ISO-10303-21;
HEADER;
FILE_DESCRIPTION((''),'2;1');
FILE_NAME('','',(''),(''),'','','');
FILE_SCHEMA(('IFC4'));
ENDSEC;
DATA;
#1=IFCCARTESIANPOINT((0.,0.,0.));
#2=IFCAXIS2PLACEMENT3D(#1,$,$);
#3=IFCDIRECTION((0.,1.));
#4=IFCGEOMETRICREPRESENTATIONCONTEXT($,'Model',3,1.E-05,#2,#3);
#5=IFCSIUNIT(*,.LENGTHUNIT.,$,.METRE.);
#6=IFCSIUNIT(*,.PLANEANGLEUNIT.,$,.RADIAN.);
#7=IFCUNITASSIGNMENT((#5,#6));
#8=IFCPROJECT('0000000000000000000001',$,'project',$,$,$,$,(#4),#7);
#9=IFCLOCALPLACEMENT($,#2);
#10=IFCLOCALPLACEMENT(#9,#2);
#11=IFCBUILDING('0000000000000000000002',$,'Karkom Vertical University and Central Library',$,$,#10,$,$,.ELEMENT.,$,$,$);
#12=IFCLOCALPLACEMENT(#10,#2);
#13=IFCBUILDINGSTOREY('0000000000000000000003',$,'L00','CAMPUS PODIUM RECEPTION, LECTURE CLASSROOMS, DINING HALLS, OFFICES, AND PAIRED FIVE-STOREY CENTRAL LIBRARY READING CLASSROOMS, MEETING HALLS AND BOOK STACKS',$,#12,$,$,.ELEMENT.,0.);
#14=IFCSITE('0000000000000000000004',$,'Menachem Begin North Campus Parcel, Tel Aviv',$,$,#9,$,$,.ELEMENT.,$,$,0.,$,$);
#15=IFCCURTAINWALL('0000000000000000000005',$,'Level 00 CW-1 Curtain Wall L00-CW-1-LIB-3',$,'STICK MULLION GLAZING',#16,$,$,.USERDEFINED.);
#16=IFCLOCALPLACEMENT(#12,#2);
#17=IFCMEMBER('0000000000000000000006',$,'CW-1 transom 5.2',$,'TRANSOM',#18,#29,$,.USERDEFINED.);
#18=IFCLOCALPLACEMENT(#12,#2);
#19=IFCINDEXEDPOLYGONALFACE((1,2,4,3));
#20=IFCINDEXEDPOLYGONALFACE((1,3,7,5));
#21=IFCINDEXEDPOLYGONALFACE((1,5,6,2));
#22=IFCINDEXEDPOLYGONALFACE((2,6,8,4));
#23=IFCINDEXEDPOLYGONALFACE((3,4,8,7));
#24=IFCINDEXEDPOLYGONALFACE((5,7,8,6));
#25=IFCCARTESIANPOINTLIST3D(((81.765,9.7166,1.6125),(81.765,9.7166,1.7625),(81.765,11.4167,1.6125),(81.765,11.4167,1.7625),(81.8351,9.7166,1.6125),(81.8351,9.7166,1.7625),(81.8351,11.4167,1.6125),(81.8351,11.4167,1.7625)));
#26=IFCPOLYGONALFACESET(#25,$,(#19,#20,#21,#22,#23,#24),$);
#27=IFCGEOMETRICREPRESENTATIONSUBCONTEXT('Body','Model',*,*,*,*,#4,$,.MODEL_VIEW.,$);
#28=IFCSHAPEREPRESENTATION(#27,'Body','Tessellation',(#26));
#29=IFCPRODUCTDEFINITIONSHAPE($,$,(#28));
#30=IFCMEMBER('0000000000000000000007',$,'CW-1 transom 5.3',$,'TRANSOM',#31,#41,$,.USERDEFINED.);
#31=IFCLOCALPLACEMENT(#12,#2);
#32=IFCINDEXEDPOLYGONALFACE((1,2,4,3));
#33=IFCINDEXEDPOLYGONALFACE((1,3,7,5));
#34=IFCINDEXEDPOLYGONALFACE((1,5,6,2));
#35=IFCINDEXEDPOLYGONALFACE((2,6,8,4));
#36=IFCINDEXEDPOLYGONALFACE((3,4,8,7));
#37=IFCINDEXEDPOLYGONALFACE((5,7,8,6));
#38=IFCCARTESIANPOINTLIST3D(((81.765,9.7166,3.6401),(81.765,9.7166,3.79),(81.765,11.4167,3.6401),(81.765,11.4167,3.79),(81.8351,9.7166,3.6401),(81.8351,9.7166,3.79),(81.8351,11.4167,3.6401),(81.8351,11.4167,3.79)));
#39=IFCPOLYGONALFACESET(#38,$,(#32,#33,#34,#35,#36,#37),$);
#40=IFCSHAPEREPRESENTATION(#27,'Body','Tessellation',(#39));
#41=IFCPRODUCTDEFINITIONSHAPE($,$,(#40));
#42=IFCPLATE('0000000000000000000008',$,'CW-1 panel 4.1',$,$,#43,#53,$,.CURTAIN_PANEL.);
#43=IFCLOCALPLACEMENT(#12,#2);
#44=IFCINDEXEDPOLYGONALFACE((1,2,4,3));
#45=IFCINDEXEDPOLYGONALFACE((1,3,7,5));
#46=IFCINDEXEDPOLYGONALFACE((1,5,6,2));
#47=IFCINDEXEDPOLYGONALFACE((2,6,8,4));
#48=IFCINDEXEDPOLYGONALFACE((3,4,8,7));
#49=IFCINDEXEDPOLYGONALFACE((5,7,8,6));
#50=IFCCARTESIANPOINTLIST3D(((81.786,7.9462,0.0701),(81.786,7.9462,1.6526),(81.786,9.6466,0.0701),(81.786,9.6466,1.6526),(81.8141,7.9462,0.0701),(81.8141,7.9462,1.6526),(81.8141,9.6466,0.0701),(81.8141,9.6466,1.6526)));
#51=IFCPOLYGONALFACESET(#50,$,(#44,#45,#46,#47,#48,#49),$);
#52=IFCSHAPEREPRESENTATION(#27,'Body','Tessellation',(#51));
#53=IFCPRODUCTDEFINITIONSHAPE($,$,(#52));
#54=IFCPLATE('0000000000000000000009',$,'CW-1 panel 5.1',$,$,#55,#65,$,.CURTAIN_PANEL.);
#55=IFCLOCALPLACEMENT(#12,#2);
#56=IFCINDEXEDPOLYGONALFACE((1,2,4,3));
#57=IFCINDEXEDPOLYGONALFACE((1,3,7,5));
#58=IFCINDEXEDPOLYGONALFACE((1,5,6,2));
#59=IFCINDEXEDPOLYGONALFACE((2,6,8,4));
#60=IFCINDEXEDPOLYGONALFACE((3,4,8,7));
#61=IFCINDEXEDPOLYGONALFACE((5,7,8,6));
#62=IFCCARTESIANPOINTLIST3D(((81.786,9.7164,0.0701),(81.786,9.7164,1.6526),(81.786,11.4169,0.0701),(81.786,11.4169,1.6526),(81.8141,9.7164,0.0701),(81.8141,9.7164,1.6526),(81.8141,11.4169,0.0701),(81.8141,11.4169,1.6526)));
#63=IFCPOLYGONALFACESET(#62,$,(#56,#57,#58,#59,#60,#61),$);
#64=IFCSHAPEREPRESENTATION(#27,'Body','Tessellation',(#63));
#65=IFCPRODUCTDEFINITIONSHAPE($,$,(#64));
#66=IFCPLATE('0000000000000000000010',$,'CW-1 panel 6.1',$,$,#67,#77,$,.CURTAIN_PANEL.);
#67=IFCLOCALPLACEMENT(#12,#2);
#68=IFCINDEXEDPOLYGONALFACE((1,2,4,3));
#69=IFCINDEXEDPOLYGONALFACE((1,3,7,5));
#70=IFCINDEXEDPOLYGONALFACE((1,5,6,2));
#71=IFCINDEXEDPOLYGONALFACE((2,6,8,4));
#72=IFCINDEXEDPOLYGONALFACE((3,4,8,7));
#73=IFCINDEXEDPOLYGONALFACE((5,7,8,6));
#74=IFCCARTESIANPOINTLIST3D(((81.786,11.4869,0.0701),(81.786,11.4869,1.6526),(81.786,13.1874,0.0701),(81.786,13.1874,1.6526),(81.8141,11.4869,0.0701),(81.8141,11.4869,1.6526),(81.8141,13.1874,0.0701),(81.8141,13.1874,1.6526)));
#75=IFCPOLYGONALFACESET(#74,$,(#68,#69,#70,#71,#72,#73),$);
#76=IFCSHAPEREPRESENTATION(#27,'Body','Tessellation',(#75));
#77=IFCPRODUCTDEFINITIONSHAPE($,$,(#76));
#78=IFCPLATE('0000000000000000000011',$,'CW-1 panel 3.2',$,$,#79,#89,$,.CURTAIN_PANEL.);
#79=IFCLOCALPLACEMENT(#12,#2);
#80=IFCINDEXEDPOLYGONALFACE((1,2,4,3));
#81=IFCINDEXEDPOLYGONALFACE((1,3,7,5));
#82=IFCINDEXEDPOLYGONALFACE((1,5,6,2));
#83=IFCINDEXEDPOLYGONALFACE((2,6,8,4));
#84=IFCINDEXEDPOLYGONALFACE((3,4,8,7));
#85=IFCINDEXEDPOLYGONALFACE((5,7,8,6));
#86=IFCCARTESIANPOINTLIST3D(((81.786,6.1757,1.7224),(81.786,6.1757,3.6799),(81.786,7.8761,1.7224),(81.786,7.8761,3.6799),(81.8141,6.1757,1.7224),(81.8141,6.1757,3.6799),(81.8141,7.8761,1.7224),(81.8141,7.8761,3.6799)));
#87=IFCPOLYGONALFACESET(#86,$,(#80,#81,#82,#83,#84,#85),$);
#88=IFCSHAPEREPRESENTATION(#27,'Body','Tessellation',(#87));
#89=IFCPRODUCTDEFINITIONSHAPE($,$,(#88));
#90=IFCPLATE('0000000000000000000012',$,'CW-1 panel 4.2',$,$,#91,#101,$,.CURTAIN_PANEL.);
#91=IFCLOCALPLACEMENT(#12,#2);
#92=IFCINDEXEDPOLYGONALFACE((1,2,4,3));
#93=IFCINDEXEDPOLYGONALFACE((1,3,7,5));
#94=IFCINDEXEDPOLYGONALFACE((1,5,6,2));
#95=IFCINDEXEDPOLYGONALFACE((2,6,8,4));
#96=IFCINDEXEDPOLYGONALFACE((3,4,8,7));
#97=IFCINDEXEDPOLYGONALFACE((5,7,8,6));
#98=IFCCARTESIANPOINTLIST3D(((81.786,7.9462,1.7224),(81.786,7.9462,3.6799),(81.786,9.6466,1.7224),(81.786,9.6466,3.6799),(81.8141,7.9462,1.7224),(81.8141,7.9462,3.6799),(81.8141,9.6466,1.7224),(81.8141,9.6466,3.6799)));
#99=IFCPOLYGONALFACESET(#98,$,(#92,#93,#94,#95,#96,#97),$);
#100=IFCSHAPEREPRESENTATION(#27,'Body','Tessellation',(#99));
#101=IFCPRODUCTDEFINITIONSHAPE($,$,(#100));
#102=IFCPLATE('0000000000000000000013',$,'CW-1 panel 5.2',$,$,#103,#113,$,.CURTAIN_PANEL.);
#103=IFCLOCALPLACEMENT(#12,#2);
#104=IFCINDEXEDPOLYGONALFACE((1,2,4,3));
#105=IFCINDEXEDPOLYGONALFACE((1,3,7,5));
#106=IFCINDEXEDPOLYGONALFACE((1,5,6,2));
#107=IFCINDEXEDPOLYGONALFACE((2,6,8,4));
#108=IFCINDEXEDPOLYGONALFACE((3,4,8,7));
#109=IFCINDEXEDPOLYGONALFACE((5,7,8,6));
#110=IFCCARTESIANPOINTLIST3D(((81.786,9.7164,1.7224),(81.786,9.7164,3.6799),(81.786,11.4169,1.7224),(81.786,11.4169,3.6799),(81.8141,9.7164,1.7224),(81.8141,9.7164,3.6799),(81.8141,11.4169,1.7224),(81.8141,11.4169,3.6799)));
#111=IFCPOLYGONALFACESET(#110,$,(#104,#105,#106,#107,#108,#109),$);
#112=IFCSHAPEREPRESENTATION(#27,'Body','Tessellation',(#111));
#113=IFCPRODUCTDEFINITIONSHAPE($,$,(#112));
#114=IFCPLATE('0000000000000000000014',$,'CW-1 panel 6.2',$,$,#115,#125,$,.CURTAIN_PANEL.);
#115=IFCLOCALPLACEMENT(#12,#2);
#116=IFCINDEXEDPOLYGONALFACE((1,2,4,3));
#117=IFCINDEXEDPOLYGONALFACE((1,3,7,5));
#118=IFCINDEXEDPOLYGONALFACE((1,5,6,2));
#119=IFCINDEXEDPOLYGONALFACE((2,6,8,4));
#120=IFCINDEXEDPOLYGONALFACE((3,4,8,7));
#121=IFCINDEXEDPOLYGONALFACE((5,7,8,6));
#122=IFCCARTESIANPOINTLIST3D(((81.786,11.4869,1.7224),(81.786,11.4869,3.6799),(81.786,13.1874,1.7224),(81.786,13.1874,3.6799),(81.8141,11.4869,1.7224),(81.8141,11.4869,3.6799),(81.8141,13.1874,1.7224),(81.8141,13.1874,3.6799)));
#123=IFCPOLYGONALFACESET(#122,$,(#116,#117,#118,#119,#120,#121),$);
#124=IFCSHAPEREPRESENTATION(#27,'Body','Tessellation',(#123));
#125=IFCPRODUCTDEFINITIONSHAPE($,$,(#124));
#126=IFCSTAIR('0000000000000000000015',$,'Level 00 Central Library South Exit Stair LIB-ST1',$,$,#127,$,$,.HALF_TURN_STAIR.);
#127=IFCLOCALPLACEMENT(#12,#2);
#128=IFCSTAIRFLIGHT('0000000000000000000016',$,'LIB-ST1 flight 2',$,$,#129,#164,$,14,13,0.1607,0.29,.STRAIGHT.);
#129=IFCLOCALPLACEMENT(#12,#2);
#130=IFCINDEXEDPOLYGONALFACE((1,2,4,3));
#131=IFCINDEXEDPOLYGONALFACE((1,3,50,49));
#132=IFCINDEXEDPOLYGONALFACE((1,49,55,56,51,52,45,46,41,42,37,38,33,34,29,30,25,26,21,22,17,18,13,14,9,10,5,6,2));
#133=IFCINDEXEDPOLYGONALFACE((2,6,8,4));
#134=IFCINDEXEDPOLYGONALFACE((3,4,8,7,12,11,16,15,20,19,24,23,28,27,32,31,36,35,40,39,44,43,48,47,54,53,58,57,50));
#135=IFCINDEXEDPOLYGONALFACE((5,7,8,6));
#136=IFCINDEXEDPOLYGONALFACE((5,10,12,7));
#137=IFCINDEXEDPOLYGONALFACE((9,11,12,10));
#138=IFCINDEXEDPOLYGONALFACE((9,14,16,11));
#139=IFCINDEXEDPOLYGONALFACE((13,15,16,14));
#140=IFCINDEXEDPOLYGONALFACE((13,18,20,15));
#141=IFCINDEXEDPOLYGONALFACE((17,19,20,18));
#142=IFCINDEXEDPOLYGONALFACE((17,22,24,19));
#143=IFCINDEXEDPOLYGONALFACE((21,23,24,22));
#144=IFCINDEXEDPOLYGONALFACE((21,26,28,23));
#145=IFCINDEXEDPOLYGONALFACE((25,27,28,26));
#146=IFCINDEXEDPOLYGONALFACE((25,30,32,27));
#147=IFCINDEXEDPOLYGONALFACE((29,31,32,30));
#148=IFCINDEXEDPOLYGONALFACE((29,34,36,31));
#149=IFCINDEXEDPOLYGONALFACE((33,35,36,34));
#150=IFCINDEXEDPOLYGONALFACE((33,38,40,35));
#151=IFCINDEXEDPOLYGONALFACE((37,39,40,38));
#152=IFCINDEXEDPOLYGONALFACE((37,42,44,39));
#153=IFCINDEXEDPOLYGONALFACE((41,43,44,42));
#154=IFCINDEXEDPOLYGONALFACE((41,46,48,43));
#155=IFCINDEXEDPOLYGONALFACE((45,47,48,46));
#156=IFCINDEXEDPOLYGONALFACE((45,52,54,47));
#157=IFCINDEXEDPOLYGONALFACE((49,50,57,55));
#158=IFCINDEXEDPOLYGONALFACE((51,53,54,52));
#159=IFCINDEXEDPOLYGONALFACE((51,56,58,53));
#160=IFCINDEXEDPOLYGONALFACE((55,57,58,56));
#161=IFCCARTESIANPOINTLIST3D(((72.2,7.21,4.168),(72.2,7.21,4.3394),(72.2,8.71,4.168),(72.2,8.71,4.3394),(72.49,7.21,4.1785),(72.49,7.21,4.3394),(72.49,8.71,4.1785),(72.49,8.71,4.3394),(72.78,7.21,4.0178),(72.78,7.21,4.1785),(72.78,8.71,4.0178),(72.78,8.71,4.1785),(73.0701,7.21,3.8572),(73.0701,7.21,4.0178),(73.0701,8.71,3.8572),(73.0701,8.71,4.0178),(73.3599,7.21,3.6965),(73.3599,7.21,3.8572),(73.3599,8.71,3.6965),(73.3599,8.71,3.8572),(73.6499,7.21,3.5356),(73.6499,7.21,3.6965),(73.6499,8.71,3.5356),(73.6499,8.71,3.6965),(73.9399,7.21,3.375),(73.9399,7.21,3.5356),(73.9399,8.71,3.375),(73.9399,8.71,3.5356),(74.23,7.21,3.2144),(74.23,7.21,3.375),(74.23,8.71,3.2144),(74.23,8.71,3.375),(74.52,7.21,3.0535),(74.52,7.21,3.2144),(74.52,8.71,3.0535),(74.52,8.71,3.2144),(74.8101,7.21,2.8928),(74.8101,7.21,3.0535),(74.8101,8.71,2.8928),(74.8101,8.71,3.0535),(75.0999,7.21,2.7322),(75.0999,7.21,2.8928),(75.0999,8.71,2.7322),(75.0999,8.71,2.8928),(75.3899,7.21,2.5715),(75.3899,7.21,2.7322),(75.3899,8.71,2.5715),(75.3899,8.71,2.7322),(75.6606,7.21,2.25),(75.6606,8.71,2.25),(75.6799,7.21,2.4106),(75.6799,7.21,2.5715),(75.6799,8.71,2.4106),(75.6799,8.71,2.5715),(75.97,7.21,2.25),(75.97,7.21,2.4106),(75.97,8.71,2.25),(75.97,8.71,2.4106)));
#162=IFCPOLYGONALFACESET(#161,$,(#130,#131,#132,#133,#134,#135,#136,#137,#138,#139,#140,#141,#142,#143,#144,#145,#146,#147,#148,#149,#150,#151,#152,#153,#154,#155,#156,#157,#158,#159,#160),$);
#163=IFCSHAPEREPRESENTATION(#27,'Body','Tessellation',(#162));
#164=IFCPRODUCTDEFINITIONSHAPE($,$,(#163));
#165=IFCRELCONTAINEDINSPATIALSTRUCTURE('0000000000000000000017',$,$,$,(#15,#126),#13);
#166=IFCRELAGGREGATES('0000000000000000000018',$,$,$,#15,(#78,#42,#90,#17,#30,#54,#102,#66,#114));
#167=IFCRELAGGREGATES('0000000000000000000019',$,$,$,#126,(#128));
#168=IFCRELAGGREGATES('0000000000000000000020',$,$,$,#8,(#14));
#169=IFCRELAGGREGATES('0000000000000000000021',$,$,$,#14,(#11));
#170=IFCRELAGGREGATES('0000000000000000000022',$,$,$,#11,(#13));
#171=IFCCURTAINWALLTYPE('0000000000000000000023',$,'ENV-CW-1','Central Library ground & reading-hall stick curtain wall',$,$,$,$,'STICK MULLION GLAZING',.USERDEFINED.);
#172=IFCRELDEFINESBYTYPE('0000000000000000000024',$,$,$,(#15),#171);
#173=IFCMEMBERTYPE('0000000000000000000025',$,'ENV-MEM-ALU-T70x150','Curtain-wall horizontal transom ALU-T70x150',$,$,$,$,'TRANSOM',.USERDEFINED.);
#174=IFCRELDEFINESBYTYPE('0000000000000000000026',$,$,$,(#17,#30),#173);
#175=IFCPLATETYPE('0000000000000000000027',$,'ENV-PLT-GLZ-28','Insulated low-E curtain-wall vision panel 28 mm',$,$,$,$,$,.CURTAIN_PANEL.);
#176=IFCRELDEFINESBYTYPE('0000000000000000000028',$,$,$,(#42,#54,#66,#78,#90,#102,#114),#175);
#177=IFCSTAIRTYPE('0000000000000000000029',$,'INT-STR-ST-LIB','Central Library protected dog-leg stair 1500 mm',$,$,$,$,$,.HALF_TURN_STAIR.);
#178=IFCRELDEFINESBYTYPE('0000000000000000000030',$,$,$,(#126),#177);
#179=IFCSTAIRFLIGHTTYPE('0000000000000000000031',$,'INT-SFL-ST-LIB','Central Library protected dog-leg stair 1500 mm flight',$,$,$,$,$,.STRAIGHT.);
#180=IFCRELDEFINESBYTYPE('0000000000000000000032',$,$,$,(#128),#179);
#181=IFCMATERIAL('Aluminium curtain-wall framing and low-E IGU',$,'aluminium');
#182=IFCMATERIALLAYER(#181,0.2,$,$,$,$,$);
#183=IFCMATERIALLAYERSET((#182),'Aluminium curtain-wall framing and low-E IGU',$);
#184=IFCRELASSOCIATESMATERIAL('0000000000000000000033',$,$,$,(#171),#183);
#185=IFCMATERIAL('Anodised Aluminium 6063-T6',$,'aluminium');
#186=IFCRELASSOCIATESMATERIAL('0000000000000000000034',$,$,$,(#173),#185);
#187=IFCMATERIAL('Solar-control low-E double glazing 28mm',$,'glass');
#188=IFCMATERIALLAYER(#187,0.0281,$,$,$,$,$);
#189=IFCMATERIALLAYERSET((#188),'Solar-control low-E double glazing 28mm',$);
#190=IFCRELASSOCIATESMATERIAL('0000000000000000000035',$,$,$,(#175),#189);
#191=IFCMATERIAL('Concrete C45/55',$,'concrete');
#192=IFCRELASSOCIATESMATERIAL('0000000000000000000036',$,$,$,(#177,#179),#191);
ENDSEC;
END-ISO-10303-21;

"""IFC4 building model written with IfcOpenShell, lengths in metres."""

from ifc_helpers import new_model, si_unit, direction, frame, origin, origin_with_axes, origin_2d, place, context, subcontext, project, spatial, polyline, rectangle, outline, extrude, source, transform, mapped, material, layer, layer_set, material_profile, profile_set, type_object, element, aggregate, save


model = new_model("IFC4")

# Units and contexts
model_context = context("Model", 3, precision=1e-05, world=origin(), true_north=direction((0.0, 1.0)))
body_context = subcontext(model_context, "Body", "Model", "MODEL_VIEW")
ifc_project = project(units=[si_unit("LENGTHUNIT", "METRE"), si_unit("PLANEANGLEUNIT", "RADIAN")], contexts=[model_context])

# Site, building, storey
site_placement = place(None, origin())
site = spatial("IfcSite", under=ifc_project, at=site_placement, Name="Menachem Begin North Campus Parcel, Tel Aviv", CompositionType="ELEMENT", RefElevation=0.0)
building_placement = place(site_placement, origin())
building = spatial("IfcBuilding", under=site, at=building_placement, Name="Karkom Vertical University and Central Library", CompositionType="ELEMENT")
storey_placement = place(building_placement, origin())
storey = spatial("IfcBuildingStorey", under=building, at=storey_placement, Name="L00", Description="CAMPUS PODIUM RECEPTION, LECTURE CLASSROOMS, DINING HALLS, OFFICES, AND PAIRED FIVE-STOREY CENTRAL LIBRARY READING CLASSROOMS, MEETING HALLS AND BOOK STACKS", CompositionType="ELEMENT", Elevation=0.0)

# Shared definitions
ifc_material_1 = material(Name="Concrete C45/55", Category="concrete")

# Curtain wall, members, plates
ifc_material_2 = material(Name="Aluminium curtain-wall framing and low-E IGU", Category="aluminium")
ifc_layer_1 = layer(ifc_material_2, 0.2)
ifc_layer_set_1 = layer_set([ifc_layer_1], Name="Aluminium curtain-wall framing and low-E IGU")
curtain_wall_type = type_object("IfcCurtainWallType", Name="ENV-CW-1", Description="Central Library ground & reading-hall stick curtain wall", ElementType="STICK MULLION GLAZING", PredefinedType="USERDEFINED", material=ifc_layer_set_1)
curtain_wall_placement = place(storey_placement, origin())
curtain_wall = element("IfcCurtainWall", 1, at=curtain_wall_placement, inside=storey, type_object=curtain_wall_type, Name="Level 00 CW-1 Curtain Wall L00-CW-1-LIB-3", ObjectType="STICK MULLION GLAZING", PredefinedType="USERDEFINED")
ifc_material_3 = material(Name="Anodised Aluminium 6063-T6", Category="aluminium")
ifc_material_profile_1 = material_profile(ifc_material_3, rectangle(XDim=0.0701, YDim=0.1499, at=origin_2d()), Name="ALU-T70x150")
ifc_profile_set_1 = profile_set([ifc_material_profile_1], Name="Anodised Aluminium 6063-T6")
member_type_1 = type_object("IfcMemberType", Name="ENV-MEM-ALU-T70x150", Description="Curtain-wall horizontal transom ALU-T70x150", ElementType="TRANSOM", PredefinedType="USERDEFINED", material=ifc_profile_set_1)
shared_shape_1 = source(origin_with_axes(), body_context, "Body", "SweptSolid", [
    extrude(rectangle(XDim=0.0701, YDim=0.1499, at=origin_2d()), origin(), (0.0, 0.0, 1.0), 1.7002),
])
member_1_placement = place(storey_placement, frame((81.8, 9.7166, 1.6875), z_axis=(0.0, 1.0, 0.0), x_axis=(-1.0, 0.0, 0.0)))
member_1 = element("IfcMember", 2, at=member_1_placement, type_object=member_type_1, Name="CW-1 transom 5.2", ObjectType="TRANSOM", PredefinedType="USERDEFINED", context=body_context, shape_type="MappedRepresentation", body=[
    mapped(shared_shape_1, transform((0.0, 0.0, 0.0), scale=1.0)),
])
member_2_placement = place(storey_placement, frame((81.8, 9.7166, 3.7151), z_axis=(0.0, 1.0, 0.0), x_axis=(-1.0, 0.0, 0.0)))
member_2 = element("IfcMember", 3, at=member_2_placement, type_object=member_type_1, Name="CW-1 transom 5.3", ObjectType="TRANSOM", PredefinedType="USERDEFINED", context=body_context, shape_type="MappedRepresentation", body=[
    mapped(shared_shape_1, transform((0.0, 0.0, 0.0), scale=1.0)),
])
ifc_material_4 = material(Name="Solar-control low-E double glazing 28mm", Category="glass")
ifc_layer_2 = layer(ifc_material_4, 0.0281)
ifc_layer_set_2 = layer_set([ifc_layer_2], Name="Solar-control low-E double glazing 28mm")
plate_type = type_object("IfcPlateType", Name="ENV-PLT-GLZ-28", Description="Insulated low-E curtain-wall vision panel 28 mm", PredefinedType="CURTAIN_PANEL", material=ifc_layer_set_2)
shared_shape_2 = source(origin_with_axes(), body_context, "Body", "SweptSolid", [
    extrude(rectangle(XDim=1.7004, YDim=0.0281, at=origin_2d()), origin(), (0.0, 0.0, 1.0), 1.5825),
])
plate_1_placement = place(storey_placement, frame((81.8, 8.7964, 0.0701), z_axis=(0.0, 0.0, 1.0), x_axis=(0.0, 1.0, 0.0)))
plate_1 = element("IfcPlate", 4, at=plate_1_placement, type_object=plate_type, Name="CW-1 panel 4.1", PredefinedType="CURTAIN_PANEL", context=body_context, shape_type="MappedRepresentation", body=[
    mapped(shared_shape_2, transform((0.0, 0.0, 0.0), scale=1.0)),
])
plate_2_placement = place(storey_placement, frame((81.8, 10.5667, 0.0701), z_axis=(0.0, 0.0, 1.0), x_axis=(0.0, 1.0, 0.0)))
plate_2 = element("IfcPlate", 5, at=plate_2_placement, type_object=plate_type, Name="CW-1 panel 5.1", PredefinedType="CURTAIN_PANEL", context=body_context, shape_type="MappedRepresentation", body=[
    mapped(shared_shape_2, transform((0.0, 0.0, 0.0), scale=1.0)),
])
plate_3_placement = place(storey_placement, frame((81.8, 12.3372, 0.0701), z_axis=(0.0, 0.0, 1.0), x_axis=(0.0, 1.0, 0.0)))
plate_3 = element("IfcPlate", 6, at=plate_3_placement, type_object=plate_type, Name="CW-1 panel 6.1", PredefinedType="CURTAIN_PANEL", context=body_context, shape_type="MappedRepresentation", body=[
    mapped(shared_shape_2, transform((0.0, 0.0, 0.0), scale=1.0)),
])
shared_shape_3 = source(origin_with_axes(), body_context, "Body", "SweptSolid", [
    extrude(rectangle(XDim=1.7004, YDim=0.0281, at=origin_2d()), origin(), (0.0, 0.0, 1.0), 1.9575),
])
plate_4_placement = place(storey_placement, frame((81.8, 7.0259, 1.7224), z_axis=(0.0, 0.0, 1.0), x_axis=(0.0, 1.0, 0.0)))
plate_4 = element("IfcPlate", 7, at=plate_4_placement, type_object=plate_type, Name="CW-1 panel 3.2", PredefinedType="CURTAIN_PANEL", context=body_context, shape_type="MappedRepresentation", body=[
    mapped(shared_shape_3, transform((0.0, 0.0, 0.0), scale=1.0)),
])
plate_5_placement = place(storey_placement, frame((81.8, 8.7964, 1.7224), z_axis=(0.0, 0.0, 1.0), x_axis=(0.0, 1.0, 0.0)))
plate_5 = element("IfcPlate", 8, at=plate_5_placement, type_object=plate_type, Name="CW-1 panel 4.2", PredefinedType="CURTAIN_PANEL", context=body_context, shape_type="MappedRepresentation", body=[
    mapped(shared_shape_3, transform((0.0, 0.0, 0.0), scale=1.0)),
])
plate_6_placement = place(storey_placement, frame((81.8, 10.5667, 1.7224), z_axis=(0.0, 0.0, 1.0), x_axis=(0.0, 1.0, 0.0)))
plate_6 = element("IfcPlate", 9, at=plate_6_placement, type_object=plate_type, Name="CW-1 panel 5.2", PredefinedType="CURTAIN_PANEL", context=body_context, shape_type="MappedRepresentation", body=[
    mapped(shared_shape_3, transform((0.0, 0.0, 0.0), scale=1.0)),
])
plate_7_placement = place(storey_placement, frame((81.8, 12.3372, 1.7224), z_axis=(0.0, 0.0, 1.0), x_axis=(0.0, 1.0, 0.0)))
plate_7 = element("IfcPlate", 10, at=plate_7_placement, type_object=plate_type, Name="CW-1 panel 6.2", PredefinedType="CURTAIN_PANEL", context=body_context, shape_type="MappedRepresentation", body=[
    mapped(shared_shape_3, transform((0.0, 0.0, 0.0), scale=1.0)),
])
aggregate(curtain_wall, [plate_4, plate_1, plate_5, member_1, member_2, plate_2, plate_6, plate_3, plate_7])

# Stair, stair flight
stair_type = type_object("IfcStairType", Name="INT-STR-ST-LIB", Description="Central Library protected dog-leg stair 1500 mm", PredefinedType="HALF_TURN_STAIR", material=ifc_material_1)
stair_placement = place(storey_placement, origin())
stair = element("IfcStair", 11, at=stair_placement, inside=storey, type_object=stair_type, Name="Level 00 Central Library South Exit Stair LIB-ST1", PredefinedType="HALF_TURN_STAIR")
stair_flight_type = type_object("IfcStairFlightType", Name="INT-SFL-ST-LIB", Description="Central Library protected dog-leg stair 1500 mm flight", PredefinedType="STRAIGHT", material=ifc_material_1)
stair_flight_placement = place(storey_placement, frame((75.97, 7.96, 2.25), z_axis=(0.0, 0.0, 1.0), x_axis=(-1.0, 0.0, 0.0)))
stair_flight = element("IfcStairFlight", 12, at=stair_flight_placement, type_object=stair_flight_type, Name="LIB-ST1 flight 2", NumberOfRisers=14, NumberOfTreads=13, PredefinedType="STRAIGHT", RiserHeight=0.1607, TreadLength=0.29, context=body_context, shape_type="SweptSolid", body=[
    extrude(outline(polyline([(0.0, 0.0), (0.0, 0.1606), (0.29, 0.1606), (0.29, 0.3215), (0.5801, 0.3215), (0.5801, 0.4822), (0.8701, 0.4822), (0.8701, 0.6428), (1.1599, 0.6428), (1.1599, 0.8035), (1.45, 0.8035), (1.45, 0.9644), (1.74, 0.9644), (1.74, 1.125), (2.03, 1.125), (2.03, 1.2856), (2.3201, 1.2856), (2.3201, 1.4465), (2.6101, 1.4465), (2.6101, 1.6072), (2.8999, 1.6072), (2.8999, 1.7678), (3.1899, 1.7678), (3.1899, 1.9285), (3.48, 1.9285), (3.48, 2.0894), (3.77, 2.0894), (3.77, 2.25), (3.77, 1.918), (0.3093, 0.0), (0.0, 0.0)])), frame((0.0, 0.75, 0.0), z_axis=(0.0, -1.0, 0.0), x_axis=(1.0, 0.0, 0.0)), (0.0, 0.0, 1.0), 1.5),
])
aggregate(stair, [stair_flight])

save(model, "model.ifc")
